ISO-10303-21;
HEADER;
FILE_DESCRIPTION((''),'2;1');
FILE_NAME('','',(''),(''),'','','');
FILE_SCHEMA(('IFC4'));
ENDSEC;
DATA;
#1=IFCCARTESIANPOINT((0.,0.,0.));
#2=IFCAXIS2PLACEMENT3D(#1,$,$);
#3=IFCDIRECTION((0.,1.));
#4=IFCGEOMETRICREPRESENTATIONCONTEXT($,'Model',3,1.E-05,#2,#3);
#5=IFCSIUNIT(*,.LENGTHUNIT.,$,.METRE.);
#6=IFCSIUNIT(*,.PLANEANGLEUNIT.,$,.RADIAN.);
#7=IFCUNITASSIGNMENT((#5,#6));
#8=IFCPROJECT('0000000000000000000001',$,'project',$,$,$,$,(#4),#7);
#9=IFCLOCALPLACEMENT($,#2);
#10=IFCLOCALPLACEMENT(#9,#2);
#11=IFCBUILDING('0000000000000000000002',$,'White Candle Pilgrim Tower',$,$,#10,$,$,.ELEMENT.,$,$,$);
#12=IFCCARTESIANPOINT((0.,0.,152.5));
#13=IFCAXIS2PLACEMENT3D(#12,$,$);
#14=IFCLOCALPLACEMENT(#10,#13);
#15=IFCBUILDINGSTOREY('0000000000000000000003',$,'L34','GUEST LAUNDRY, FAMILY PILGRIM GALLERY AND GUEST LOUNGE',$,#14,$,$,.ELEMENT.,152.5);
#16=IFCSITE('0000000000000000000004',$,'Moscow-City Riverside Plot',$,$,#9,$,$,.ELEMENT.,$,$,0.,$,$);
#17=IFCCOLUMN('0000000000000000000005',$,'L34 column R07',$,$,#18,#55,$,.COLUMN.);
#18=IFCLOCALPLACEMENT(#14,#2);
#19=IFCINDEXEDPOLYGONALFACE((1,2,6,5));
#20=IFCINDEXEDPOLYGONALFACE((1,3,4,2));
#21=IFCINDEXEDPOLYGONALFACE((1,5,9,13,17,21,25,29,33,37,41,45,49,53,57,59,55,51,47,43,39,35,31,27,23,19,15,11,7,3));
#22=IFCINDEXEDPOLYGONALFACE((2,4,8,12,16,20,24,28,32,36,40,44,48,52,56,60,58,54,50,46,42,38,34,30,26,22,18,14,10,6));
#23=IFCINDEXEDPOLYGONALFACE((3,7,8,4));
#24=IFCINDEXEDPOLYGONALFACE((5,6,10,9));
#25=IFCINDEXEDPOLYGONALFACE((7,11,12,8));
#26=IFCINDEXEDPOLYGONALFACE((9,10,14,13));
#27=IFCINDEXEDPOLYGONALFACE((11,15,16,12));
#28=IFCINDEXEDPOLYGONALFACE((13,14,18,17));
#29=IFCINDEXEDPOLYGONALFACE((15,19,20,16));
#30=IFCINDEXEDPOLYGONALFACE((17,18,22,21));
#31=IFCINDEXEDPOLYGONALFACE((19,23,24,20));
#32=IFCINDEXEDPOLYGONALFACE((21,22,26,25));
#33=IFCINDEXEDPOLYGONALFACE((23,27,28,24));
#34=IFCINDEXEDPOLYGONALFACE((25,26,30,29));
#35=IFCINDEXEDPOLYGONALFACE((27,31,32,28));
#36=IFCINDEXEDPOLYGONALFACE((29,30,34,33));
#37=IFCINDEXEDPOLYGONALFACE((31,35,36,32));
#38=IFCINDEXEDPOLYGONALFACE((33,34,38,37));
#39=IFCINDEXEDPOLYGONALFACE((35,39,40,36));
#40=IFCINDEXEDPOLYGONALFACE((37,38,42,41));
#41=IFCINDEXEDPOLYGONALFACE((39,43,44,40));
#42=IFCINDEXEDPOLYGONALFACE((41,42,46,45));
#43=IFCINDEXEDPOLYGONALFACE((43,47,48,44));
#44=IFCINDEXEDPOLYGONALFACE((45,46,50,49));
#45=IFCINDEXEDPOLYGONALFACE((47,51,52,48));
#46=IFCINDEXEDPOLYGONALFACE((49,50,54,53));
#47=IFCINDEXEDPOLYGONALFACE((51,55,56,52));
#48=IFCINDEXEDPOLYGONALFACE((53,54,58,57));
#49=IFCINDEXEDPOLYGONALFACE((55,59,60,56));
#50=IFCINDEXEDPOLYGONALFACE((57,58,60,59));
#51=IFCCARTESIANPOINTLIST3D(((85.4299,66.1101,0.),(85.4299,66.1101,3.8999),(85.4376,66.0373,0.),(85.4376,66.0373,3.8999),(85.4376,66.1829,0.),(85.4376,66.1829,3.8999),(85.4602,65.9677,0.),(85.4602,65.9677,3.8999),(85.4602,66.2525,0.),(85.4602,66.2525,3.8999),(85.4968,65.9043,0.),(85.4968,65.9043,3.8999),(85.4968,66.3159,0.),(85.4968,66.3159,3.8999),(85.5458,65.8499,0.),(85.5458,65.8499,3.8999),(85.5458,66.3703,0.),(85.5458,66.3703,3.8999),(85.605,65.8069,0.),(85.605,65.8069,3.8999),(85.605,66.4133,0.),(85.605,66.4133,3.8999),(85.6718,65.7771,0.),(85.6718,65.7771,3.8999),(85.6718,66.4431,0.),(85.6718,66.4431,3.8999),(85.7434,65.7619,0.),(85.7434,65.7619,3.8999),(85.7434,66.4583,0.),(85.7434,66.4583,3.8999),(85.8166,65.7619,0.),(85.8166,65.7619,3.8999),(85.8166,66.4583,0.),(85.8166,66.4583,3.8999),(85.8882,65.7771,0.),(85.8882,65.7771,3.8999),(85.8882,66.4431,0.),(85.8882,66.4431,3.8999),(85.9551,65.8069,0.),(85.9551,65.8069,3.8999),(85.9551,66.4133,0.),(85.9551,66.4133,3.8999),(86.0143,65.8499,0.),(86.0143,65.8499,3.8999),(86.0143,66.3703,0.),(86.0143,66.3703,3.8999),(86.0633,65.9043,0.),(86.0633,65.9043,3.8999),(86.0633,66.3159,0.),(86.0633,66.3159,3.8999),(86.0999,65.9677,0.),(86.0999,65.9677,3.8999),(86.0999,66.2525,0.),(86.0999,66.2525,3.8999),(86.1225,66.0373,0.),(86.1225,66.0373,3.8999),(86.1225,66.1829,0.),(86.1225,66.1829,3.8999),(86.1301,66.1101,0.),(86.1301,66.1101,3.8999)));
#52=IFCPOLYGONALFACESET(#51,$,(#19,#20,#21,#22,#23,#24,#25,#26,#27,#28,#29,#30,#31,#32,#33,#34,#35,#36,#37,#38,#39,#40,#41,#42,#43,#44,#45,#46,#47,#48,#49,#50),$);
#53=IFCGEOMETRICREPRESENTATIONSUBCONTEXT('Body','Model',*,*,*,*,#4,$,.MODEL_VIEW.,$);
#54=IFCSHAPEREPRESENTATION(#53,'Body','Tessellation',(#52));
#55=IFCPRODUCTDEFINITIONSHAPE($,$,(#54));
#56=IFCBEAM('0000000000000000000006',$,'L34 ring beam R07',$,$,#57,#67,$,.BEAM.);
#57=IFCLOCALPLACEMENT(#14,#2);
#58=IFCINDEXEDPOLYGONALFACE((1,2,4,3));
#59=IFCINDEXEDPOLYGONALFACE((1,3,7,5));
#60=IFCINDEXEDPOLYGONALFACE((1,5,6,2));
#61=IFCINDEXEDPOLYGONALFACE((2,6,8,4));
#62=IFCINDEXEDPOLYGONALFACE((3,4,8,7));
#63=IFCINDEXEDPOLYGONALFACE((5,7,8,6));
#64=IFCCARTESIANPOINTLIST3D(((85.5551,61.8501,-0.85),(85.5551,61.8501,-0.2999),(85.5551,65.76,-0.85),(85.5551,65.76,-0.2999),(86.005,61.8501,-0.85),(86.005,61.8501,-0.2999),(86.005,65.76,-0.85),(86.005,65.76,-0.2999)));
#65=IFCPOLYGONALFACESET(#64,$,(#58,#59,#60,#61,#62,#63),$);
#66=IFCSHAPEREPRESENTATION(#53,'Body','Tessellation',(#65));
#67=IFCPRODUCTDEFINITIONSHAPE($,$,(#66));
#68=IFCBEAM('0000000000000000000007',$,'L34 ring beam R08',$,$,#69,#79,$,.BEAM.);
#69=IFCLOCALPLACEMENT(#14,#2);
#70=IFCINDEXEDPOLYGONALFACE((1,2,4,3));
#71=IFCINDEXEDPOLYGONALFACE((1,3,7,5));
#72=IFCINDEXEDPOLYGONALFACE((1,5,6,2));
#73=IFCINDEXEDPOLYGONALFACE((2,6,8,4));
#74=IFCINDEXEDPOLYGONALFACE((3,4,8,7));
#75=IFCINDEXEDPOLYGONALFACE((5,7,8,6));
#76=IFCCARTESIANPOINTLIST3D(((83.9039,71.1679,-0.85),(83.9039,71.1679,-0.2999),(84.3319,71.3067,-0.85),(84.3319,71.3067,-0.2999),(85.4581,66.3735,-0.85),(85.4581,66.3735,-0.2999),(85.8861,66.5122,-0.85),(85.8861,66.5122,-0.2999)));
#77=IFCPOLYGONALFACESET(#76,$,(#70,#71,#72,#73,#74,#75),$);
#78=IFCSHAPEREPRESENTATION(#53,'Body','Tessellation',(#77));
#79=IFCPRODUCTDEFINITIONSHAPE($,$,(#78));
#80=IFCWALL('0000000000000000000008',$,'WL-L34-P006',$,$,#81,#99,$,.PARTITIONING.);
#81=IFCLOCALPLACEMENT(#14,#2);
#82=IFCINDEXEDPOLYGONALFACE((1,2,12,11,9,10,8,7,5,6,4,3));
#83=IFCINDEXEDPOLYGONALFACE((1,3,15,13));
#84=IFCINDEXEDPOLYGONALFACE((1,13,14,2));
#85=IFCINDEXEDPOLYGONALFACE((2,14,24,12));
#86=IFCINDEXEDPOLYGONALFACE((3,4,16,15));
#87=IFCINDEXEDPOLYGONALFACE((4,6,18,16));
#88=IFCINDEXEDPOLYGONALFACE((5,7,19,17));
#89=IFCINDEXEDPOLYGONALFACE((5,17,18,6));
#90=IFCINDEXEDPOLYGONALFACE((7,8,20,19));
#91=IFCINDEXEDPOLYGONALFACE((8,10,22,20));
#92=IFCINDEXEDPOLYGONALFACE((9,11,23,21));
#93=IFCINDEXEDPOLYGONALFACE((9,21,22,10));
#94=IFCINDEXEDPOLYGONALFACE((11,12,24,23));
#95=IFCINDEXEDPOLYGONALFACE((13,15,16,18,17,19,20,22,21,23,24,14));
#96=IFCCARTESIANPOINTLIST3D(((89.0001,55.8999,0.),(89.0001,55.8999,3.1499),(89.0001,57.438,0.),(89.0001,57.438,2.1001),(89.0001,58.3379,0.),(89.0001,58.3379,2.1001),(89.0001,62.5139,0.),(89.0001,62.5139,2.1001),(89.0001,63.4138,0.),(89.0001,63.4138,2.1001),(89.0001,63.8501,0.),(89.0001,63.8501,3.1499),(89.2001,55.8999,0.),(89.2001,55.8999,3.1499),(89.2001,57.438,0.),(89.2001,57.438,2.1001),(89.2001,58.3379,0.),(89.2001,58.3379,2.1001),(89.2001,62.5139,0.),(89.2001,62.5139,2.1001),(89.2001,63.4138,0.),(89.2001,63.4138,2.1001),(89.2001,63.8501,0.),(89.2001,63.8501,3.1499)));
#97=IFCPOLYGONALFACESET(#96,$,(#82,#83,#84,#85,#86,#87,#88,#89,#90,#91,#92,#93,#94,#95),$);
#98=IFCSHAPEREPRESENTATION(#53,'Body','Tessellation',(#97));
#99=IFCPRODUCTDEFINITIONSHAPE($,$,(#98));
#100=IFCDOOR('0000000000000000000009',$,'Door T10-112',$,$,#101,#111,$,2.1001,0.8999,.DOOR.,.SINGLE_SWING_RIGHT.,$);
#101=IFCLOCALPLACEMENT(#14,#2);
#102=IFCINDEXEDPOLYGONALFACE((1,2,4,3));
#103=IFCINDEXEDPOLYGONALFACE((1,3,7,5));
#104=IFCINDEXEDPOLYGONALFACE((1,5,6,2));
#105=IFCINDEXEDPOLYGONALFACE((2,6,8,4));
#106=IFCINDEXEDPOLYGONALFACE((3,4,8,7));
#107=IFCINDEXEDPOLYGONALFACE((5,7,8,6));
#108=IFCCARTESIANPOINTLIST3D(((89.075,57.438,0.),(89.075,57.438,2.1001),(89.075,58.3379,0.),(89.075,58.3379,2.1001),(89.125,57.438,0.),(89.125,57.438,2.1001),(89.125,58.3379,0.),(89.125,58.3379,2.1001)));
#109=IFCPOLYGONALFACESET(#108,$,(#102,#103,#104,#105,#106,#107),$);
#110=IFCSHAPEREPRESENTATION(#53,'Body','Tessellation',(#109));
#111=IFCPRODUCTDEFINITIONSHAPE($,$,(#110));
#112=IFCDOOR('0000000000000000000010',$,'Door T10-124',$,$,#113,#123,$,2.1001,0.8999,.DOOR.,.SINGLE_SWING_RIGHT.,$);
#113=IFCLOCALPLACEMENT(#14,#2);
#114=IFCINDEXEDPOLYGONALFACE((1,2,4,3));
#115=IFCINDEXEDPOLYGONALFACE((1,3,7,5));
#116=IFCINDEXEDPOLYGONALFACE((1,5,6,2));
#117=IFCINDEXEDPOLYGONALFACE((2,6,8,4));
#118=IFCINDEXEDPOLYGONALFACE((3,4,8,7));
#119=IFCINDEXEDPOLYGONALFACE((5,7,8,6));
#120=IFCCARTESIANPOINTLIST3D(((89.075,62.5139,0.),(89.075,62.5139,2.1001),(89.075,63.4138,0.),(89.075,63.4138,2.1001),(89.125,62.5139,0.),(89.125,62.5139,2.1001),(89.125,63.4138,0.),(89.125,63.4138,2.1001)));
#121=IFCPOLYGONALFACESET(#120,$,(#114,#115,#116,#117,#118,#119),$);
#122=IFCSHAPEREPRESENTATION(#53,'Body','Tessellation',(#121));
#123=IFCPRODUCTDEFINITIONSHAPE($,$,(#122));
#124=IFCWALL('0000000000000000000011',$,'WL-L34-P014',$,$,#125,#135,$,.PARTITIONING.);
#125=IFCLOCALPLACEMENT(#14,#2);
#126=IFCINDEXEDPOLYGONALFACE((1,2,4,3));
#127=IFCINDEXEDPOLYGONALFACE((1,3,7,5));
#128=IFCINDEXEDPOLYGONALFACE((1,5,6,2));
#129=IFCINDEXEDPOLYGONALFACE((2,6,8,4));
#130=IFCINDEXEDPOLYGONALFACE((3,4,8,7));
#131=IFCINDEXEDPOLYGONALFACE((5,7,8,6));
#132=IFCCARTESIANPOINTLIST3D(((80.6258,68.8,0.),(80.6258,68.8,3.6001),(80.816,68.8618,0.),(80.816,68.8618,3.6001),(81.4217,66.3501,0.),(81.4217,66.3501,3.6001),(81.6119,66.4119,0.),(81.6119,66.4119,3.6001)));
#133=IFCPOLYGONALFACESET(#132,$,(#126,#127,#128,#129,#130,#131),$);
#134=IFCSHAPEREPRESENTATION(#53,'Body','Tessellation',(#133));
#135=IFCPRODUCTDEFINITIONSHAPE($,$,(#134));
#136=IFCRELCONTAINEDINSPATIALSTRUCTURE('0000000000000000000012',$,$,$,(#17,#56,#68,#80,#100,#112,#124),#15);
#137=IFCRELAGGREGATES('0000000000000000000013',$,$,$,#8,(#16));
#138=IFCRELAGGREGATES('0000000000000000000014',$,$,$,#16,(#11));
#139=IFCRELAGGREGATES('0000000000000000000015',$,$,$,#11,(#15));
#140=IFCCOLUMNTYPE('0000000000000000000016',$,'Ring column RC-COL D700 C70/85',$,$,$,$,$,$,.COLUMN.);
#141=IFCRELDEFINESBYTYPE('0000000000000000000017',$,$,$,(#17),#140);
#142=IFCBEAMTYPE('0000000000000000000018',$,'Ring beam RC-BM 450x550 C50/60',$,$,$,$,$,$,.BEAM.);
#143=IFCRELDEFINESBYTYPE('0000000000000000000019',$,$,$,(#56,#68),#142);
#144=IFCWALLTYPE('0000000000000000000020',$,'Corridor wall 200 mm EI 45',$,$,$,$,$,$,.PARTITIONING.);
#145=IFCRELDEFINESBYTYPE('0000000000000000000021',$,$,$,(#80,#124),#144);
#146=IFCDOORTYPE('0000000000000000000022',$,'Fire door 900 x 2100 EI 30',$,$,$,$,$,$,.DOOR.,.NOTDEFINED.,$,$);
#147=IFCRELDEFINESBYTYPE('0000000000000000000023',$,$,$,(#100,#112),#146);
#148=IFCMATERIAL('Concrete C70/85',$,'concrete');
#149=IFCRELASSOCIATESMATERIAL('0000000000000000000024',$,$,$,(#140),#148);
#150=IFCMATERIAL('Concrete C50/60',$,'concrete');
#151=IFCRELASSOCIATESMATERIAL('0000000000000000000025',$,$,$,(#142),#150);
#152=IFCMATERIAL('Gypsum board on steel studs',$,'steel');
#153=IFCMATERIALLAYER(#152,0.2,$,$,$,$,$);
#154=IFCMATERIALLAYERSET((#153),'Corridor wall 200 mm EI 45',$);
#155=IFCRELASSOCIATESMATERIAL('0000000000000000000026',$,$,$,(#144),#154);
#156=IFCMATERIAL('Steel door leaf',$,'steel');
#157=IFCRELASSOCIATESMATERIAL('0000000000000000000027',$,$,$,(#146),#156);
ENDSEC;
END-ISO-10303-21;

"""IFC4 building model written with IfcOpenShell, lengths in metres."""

from ifc_helpers import new_model, si_unit, direction, frame, frame_2d, origin, origin_2d, place, context, subcontext, project, spatial, rectangle, circle, extrude, material, layer, layer_set, material_profile, profile_set, type_object, element, fill, save


model = new_model("IFC4")

# Units and contexts
model_context = context("Model", 3, precision=1e-05, world=origin(), true_north=direction((0.0, 1.0)))
body_context = subcontext(model_context, "Body", "Model", "MODEL_VIEW")
ifc_project = project(units=[si_unit("LENGTHUNIT", "METRE"), si_unit("PLANEANGLEUNIT", "RADIAN")], contexts=[model_context])

# Site, building, storey
site_placement = place(None, origin())
site = spatial("IfcSite", under=ifc_project, at=site_placement, Name="Moscow-City Riverside Plot", CompositionType="ELEMENT", RefElevation=0.0)
building_placement = place(site_placement, origin())
building = spatial("IfcBuilding", under=site, at=building_placement, Name="White Candle Pilgrim Tower", CompositionType="ELEMENT")
storey_placement = place(building_placement, frame((0.0, 0.0, 152.5)))
storey = spatial("IfcBuildingStorey", under=building, at=storey_placement, Name="L34", Description="GUEST LAUNDRY, FAMILY PILGRIM GALLERY AND GUEST LOUNGE", CompositionType="ELEMENT", Elevation=152.5)

# Column
ifc_material_1 = material(Name="Concrete C70/85", Category="concrete")
ifc_material_profile_1 = material_profile(ifc_material_1, circle(Radius=0.3501, at=origin_2d()), Name="RC-COL D700")
ifc_profile_set_1 = profile_set([ifc_material_profile_1], Name="Concrete C70/85")
column_type = type_object("IfcColumnType", Name="Ring column RC-COL D700 C70/85", PredefinedType="COLUMN", material=ifc_profile_set_1)
column_placement = place(storey_placement, frame((85.78, 66.1101, 0.0), z_axis=(0.0, 0.0, 1.0), x_axis=(1.0, 0.0, 0.0)))
element("IfcColumn", 1, at=column_placement, inside=storey, type_object=column_type, Name="L34 column R07", PredefinedType="COLUMN", context=body_context, shape_type="SweptSolid", body=[
    extrude(circle(Radius=0.3501, at=origin_2d()), origin(), (0.0, 0.0, 1.0), 3.8999),
])

# Beams
ifc_material_2 = material(Name="Concrete C50/60", Category="concrete")
ifc_material_profile_2 = material_profile(ifc_material_2, rectangle(XDim=0.45, YDim=0.55, at=origin_2d()), Name="RC-BM 450x550")
ifc_profile_set_2 = profile_set([ifc_material_profile_2], Name="Concrete C50/60")
beam_type = type_object("IfcBeamType", Name="Ring beam RC-BM 450x550 C50/60", PredefinedType="BEAM", material=ifc_profile_set_2)
beam_1_placement = place(storey_placement, frame((85.78, 65.76, -0.575), z_axis=(0.0, -1.0, 0.0), x_axis=(1.0, 0.0, 0.0)))
element("IfcBeam", 2, at=beam_1_placement, inside=storey, type_object=beam_type, Name="L34 ring beam R07", PredefinedType="BEAM", context=body_context, shape_type="SweptSolid", body=[
    extrude(rectangle(XDim=0.45, YDim=0.55, at=origin_2d()), origin(), (0.0, 0.0, 1.0), 3.9099),
])
beam_2_placement = place(storey_placement, frame((85.6721, 66.4429, -0.575), z_axis=(-0.30837, 0.951267, 0.0), x_axis=(-0.951267, -0.30837, 0.0)))
element("IfcBeam", 3, at=beam_2_placement, inside=storey, type_object=beam_type, Name="L34 ring beam R08", PredefinedType="BEAM", context=body_context, shape_type="SweptSolid", body=[
    extrude(rectangle(XDim=0.45, YDim=0.55, at=origin_2d()), origin(), (0.0, 0.0, 1.0), 5.04),
])

# Wall, openings, doors
ifc_material_3 = material(Name="Gypsum board on steel studs", Category="steel")
ifc_layer_1 = layer(ifc_material_3, 0.2)
ifc_layer_set_1 = layer_set([ifc_layer_1], Name="Corridor wall 200 mm EI 45")
wall_type_1 = type_object("IfcWallType", Name="Corridor wall 200 mm EI 45", PredefinedType="PARTITIONING", material=ifc_layer_set_1)
wall_1_placement = place(storey_placement, frame((89.1001, 63.8501, 0.0), z_axis=(0.0, 0.0, 1.0), x_axis=(0.0, -1.0, 0.0)))
wall_1 = element("IfcWall", 4, at=wall_1_placement, inside=storey, type_object=wall_type_1, Name="WL-L34-P006", PredefinedType="PARTITIONING", context=body_context, shape_type="SweptSolid", body=[
    extrude(rectangle(XDim=7.9502, YDim=0.2, at=frame_2d((3.9751, 0.0))), origin(), (0.0, 0.0, 1.0), 3.1499),
])
opening_1_placement = place(wall_1_placement, frame((5.5122, 0.0, 0.0)))
opening_1 = element("IfcOpeningElement", 5, at=opening_1_placement, cuts=wall_1, PredefinedType="OPENING", context=body_context, shape_type="SweptSolid", body=[
    extrude(rectangle(XDim=0.8999, YDim=2.1001, at=frame_2d((0.45, 1.05))), frame((0.0, 0.1099, 0.0), z_axis=(0.0, -1.0, 0.0), x_axis=(1.0, 0.0, 0.0)), (0.0, 0.0, 1.0), 0.22),
])
opening_2_placement = place(wall_1_placement, frame((0.4363, 0.0, 0.0)))
opening_2 = element("IfcOpeningElement", 6, at=opening_2_placement, cuts=wall_1, PredefinedType="OPENING", context=body_context, shape_type="SweptSolid", body=[
    extrude(rectangle(XDim=0.8999, YDim=2.1001, at=frame_2d((0.45, 1.05))), frame((0.0, 0.1099, 0.0), z_axis=(0.0, -1.0, 0.0), x_axis=(1.0, 0.0, 0.0)), (0.0, 0.0, 1.0), 0.22),
])
ifc_material_4 = material(Name="Steel door leaf", Category="steel")
door_type_1 = type_object("IfcDoorType", Name="Fire door 900 x 2100 EI 30", OperationType="NOTDEFINED", PredefinedType="DOOR", material=ifc_material_4)
door_1_placement = place(opening_1_placement, origin())
door_1 = element("IfcDoor", 7, at=door_1_placement, inside=storey, type_object=door_type_1, Name="Door T10-112", OperationType="SINGLE_SWING_RIGHT", OverallHeight=2.1001, OverallWidth=0.8999, PredefinedType="DOOR", context=body_context, shape_type="SweptSolid", body=[
    extrude(rectangle(XDim=0.8999, YDim=2.1001, at=frame_2d((0.45, 1.05))), frame((0.0, 0.0249, 0.0), z_axis=(0.0, -1.0, 0.0), x_axis=(1.0, 0.0, 0.0)), (0.0, 0.0, 1.0), 0.05),
])
fill(opening_1, door_1)
door_2_placement = place(opening_2_placement, origin())
door_2 = element("IfcDoor", 8, at=door_2_placement, inside=storey, type_object=door_type_1, Name="Door T10-124", OperationType="SINGLE_SWING_RIGHT", OverallHeight=2.1001, OverallWidth=0.8999, PredefinedType="DOOR", context=body_context, shape_type="SweptSolid", body=[
    extrude(rectangle(XDim=0.8999, YDim=2.1001, at=frame_2d((0.45, 1.05))), frame((0.0, 0.0249, 0.0), z_axis=(0.0, -1.0, 0.0), x_axis=(1.0, 0.0, 0.0)), (0.0, 0.0, 1.0), 0.05),
])
fill(opening_2, door_2)

# Wall
wall_2_placement = place(storey_placement, frame((81.5168, 66.3809, 0.0), z_axis=(0.0, 0.0, 1.0), x_axis=(-0.308968, 0.951072, 0.0)))
element("IfcWall", 9, at=wall_2_placement, inside=storey, type_object=wall_type_1, Name="WL-L34-P014", PredefinedType="PARTITIONING", context=body_context, shape_type="SweptSolid", body=[
    extrude(rectangle(XDim=2.5759, YDim=0.2, at=frame_2d((1.2881, 0.0))), origin(), (0.0, 0.0, 1.0), 3.6001),
])

save(model, "model.ifc")
